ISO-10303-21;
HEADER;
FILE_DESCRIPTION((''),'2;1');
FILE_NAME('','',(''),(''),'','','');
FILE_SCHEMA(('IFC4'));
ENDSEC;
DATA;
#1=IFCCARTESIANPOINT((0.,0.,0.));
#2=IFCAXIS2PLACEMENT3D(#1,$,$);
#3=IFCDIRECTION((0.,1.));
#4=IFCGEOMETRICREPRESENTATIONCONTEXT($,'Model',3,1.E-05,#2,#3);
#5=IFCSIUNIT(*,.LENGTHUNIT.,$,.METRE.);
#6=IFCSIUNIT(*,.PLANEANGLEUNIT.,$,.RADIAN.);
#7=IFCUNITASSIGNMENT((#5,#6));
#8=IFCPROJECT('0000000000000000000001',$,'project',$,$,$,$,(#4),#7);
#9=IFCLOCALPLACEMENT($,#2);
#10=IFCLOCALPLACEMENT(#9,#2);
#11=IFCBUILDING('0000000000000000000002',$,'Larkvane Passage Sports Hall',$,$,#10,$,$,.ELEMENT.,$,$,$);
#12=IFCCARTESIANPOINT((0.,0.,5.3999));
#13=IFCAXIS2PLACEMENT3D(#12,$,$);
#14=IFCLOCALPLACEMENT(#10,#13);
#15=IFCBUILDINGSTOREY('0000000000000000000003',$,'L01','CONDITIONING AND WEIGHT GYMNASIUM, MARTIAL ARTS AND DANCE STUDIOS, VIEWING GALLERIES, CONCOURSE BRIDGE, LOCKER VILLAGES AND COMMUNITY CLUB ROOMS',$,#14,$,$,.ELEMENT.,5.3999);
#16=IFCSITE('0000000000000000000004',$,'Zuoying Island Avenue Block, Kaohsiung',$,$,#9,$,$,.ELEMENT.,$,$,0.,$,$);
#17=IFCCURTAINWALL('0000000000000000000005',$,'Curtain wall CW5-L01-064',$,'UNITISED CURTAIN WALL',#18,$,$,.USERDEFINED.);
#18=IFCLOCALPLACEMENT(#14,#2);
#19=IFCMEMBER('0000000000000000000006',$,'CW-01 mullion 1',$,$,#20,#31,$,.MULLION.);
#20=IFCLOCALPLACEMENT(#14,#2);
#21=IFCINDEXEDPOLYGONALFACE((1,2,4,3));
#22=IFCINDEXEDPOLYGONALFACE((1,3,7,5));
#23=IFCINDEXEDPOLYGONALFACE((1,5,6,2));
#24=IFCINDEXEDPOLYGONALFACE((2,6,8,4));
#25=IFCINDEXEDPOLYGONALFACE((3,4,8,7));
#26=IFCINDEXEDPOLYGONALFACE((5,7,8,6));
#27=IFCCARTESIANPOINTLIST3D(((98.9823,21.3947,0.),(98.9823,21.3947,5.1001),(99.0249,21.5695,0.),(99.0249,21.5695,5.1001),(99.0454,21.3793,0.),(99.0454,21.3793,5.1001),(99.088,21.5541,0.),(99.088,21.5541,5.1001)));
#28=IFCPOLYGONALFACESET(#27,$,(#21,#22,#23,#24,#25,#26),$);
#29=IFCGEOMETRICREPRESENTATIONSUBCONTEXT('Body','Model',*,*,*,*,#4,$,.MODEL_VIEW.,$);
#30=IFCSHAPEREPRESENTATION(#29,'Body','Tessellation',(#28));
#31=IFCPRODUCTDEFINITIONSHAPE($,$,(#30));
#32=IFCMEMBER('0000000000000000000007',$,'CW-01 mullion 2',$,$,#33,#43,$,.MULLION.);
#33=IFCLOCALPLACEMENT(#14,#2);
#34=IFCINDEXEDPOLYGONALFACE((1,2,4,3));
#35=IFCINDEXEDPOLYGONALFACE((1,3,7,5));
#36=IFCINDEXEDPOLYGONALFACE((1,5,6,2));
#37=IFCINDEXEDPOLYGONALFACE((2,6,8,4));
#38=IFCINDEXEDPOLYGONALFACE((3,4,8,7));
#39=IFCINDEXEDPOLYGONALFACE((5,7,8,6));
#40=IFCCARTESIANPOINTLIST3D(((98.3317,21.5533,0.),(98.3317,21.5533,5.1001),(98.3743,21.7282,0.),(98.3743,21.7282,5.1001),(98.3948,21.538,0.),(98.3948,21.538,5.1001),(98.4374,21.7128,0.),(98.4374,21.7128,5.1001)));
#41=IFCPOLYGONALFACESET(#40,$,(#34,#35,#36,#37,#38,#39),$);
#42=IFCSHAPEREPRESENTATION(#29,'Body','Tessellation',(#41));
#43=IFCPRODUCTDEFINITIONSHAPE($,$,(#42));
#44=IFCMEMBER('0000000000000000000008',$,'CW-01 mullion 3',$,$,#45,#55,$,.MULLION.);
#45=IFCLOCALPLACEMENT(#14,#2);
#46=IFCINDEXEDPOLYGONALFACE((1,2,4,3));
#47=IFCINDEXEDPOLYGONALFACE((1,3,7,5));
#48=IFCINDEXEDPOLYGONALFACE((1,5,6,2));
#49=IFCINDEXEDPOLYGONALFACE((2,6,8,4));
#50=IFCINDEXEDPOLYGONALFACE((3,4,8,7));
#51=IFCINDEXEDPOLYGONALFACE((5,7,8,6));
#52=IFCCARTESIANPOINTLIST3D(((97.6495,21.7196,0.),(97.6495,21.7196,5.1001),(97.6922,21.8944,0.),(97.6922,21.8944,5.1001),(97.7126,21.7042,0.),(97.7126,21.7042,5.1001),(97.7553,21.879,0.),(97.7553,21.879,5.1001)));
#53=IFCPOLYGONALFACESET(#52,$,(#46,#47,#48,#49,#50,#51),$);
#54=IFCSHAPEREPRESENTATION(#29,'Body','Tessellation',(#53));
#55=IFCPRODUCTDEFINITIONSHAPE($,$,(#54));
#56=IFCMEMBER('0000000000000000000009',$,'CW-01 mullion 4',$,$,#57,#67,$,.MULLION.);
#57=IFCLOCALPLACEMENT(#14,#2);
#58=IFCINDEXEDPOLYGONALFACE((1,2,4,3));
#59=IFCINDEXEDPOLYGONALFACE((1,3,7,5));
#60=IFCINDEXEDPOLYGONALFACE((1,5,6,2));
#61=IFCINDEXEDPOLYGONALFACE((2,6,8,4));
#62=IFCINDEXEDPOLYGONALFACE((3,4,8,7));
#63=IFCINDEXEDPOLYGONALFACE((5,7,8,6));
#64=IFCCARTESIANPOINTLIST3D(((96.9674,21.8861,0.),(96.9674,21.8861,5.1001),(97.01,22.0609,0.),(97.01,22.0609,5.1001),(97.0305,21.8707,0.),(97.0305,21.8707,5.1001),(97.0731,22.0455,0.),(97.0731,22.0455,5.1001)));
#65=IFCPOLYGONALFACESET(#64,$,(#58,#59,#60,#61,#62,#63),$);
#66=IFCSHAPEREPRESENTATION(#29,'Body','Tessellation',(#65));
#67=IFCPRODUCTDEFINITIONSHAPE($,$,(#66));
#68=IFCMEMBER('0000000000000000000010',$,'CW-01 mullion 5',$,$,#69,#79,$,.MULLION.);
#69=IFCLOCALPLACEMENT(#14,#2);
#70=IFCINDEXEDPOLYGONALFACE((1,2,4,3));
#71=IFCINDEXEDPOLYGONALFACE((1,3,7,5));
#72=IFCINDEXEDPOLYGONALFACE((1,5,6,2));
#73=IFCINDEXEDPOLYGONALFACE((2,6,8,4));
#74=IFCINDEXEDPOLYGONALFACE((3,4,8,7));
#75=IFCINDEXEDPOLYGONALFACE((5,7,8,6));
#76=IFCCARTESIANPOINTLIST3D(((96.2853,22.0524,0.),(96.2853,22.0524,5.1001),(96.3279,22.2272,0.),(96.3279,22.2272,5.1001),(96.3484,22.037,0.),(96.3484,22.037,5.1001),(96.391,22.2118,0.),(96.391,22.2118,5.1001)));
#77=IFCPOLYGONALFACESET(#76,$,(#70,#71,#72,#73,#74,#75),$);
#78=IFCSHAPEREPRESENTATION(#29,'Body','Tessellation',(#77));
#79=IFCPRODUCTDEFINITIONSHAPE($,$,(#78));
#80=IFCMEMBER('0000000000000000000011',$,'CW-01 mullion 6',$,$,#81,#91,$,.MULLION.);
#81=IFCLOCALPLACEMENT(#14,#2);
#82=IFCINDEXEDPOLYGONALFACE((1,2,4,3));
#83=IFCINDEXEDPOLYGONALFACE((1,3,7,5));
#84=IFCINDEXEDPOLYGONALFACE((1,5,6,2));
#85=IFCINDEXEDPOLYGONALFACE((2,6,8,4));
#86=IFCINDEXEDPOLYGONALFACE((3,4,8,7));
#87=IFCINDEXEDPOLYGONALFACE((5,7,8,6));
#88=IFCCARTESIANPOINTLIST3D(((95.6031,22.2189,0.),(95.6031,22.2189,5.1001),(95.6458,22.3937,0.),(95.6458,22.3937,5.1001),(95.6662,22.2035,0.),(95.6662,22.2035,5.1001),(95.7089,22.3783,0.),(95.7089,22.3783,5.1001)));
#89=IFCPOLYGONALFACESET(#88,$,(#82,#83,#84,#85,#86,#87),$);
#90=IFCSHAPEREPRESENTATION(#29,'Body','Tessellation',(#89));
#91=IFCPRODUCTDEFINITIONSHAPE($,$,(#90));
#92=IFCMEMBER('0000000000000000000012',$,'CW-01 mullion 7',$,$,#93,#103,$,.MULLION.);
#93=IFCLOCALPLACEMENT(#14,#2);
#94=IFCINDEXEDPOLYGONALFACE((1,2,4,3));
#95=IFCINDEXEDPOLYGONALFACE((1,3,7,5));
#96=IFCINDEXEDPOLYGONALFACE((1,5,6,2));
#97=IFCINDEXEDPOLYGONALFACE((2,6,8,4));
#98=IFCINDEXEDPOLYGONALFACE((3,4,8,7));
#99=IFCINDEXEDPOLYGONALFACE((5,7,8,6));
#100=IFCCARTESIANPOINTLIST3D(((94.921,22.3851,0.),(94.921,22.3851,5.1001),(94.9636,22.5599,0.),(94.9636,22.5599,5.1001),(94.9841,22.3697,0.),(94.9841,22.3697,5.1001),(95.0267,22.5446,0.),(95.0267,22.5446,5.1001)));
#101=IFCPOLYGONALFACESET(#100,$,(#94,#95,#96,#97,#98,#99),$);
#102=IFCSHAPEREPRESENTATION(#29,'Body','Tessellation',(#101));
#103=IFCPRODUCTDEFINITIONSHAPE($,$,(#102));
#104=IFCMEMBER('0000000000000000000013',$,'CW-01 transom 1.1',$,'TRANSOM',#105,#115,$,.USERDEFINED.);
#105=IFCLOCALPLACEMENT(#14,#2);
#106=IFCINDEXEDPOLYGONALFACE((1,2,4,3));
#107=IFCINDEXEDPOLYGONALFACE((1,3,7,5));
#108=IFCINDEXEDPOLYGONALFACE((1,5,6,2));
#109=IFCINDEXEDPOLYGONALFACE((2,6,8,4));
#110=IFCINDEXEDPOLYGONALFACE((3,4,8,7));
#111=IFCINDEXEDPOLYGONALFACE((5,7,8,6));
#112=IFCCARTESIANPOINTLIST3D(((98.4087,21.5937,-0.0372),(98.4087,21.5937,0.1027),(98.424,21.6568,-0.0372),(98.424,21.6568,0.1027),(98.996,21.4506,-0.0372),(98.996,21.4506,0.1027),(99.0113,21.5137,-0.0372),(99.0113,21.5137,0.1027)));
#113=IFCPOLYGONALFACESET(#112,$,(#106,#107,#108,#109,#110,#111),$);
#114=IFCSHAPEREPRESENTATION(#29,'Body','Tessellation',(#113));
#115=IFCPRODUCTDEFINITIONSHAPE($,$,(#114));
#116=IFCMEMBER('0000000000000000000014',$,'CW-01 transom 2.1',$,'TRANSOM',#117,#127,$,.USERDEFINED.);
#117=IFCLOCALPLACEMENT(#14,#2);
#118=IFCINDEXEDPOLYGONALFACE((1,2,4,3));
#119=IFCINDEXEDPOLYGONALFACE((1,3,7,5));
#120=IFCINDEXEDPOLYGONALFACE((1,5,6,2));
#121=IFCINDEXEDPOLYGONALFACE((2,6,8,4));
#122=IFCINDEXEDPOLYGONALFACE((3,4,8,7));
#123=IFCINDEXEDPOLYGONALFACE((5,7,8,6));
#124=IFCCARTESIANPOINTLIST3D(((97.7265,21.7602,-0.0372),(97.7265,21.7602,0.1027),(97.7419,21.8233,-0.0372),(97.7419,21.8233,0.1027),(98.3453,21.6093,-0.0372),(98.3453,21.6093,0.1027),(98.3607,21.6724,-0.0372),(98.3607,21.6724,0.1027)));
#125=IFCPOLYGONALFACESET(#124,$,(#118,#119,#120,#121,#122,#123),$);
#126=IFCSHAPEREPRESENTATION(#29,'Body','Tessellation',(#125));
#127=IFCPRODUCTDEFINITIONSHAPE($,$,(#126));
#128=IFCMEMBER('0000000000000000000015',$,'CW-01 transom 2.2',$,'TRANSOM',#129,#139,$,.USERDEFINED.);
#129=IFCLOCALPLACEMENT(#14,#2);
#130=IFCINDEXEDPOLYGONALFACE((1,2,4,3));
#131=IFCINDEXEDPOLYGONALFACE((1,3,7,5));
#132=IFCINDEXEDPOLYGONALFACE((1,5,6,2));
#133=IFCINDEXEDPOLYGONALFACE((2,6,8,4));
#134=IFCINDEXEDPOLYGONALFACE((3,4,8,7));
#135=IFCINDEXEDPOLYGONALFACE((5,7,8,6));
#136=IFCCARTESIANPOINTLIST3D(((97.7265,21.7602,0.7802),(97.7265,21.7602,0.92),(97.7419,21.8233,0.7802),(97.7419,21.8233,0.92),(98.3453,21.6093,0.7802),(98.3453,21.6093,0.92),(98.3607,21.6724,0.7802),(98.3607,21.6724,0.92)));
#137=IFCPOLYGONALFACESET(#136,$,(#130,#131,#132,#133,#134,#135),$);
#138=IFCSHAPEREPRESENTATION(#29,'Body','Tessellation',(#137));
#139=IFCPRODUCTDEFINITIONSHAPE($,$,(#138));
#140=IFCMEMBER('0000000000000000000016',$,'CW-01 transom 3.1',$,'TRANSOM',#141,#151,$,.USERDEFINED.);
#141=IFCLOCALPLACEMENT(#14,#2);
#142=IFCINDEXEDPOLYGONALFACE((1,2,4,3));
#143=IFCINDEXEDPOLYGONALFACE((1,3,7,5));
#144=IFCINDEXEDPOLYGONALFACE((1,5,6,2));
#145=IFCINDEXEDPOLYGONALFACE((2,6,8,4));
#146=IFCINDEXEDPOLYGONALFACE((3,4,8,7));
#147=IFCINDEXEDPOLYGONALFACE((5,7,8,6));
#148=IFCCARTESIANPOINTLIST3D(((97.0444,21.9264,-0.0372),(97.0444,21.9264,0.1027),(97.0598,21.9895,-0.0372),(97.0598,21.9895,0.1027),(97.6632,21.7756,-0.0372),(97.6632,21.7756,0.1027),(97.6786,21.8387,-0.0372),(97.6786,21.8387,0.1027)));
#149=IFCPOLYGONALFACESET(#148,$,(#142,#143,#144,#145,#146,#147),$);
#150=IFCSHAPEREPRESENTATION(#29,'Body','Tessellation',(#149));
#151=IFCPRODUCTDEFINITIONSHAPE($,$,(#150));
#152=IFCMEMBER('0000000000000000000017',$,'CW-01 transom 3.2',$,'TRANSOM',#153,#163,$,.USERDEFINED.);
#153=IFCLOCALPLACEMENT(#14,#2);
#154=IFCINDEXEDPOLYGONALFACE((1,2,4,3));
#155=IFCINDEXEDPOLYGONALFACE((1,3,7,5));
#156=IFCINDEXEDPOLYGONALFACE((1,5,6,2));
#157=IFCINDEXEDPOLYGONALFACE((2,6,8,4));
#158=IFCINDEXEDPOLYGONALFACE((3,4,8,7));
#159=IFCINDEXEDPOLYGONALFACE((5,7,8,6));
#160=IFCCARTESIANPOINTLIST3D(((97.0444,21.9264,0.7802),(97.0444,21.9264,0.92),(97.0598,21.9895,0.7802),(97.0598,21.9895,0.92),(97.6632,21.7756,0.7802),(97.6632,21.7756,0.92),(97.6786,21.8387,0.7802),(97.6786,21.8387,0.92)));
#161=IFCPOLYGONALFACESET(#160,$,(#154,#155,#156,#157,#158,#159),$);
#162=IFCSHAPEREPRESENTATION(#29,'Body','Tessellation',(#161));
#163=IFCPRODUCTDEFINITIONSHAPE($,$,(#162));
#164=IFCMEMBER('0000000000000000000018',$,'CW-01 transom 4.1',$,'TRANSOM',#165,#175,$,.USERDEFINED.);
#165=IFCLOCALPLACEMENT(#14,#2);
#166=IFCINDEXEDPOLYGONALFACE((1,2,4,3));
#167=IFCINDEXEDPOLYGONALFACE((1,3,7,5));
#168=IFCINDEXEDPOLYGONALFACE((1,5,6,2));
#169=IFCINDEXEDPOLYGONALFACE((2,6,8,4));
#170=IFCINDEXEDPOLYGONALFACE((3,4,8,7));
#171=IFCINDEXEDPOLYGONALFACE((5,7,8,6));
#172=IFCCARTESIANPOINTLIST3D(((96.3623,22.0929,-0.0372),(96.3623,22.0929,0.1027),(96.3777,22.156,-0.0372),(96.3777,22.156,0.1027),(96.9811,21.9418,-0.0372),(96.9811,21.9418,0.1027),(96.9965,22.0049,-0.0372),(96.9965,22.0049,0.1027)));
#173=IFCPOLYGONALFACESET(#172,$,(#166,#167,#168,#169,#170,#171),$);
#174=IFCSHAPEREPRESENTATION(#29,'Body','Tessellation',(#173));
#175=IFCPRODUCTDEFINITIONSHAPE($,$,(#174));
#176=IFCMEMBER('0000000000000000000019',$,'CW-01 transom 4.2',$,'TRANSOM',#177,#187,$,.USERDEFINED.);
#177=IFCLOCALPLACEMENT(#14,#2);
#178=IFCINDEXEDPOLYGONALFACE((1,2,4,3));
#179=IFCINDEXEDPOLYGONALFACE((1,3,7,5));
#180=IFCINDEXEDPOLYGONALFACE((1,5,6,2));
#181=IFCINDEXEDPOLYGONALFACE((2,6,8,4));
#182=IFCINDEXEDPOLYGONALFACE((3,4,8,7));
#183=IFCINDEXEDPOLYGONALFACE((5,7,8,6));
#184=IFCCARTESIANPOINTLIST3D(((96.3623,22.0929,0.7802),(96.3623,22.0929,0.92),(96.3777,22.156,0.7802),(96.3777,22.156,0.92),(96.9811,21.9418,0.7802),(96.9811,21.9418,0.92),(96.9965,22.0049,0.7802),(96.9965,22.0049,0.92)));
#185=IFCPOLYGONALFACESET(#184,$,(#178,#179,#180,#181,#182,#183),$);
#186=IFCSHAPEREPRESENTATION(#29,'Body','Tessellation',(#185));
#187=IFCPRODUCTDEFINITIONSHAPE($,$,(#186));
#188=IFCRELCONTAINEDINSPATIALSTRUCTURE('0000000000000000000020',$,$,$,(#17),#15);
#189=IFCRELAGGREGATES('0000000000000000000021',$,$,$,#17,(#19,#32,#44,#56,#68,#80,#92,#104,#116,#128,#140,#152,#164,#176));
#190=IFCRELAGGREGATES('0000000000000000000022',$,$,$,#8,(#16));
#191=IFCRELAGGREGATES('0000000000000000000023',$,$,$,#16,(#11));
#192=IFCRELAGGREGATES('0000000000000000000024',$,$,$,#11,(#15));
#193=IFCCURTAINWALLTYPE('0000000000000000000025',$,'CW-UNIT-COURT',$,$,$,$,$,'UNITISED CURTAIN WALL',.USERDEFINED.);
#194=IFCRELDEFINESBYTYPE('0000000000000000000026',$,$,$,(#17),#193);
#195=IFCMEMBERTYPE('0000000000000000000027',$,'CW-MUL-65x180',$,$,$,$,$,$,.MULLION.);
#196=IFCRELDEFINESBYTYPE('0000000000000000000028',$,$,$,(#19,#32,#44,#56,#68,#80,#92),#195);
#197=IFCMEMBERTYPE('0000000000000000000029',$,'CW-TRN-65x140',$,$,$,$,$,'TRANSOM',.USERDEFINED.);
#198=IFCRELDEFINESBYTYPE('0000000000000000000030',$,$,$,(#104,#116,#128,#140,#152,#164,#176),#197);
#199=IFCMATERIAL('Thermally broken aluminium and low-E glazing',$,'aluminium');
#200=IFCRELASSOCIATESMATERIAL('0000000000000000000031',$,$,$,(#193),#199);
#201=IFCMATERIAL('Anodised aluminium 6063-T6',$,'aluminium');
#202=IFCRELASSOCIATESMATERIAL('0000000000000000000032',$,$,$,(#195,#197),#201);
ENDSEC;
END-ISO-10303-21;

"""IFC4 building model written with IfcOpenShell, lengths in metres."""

from ifc_helpers import new_model, si_unit, direction, frame, origin, origin_2d, place, context, subcontext, project, spatial, rectangle, extrude, material, material_profile, profile_set, type_object, element, aggregate, save


model = new_model("IFC4")

# Units and contexts
model_context = context("Model", 3, precision=1e-05, world=origin(), true_north=direction((0.0, 1.0)))
body_context = subcontext(model_context, "Body", "Model", "MODEL_VIEW")
ifc_project = project(units=[si_unit("LENGTHUNIT", "METRE"), si_unit("PLANEANGLEUNIT", "RADIAN")], contexts=[model_context])

# Site, building, storey
site_placement = place(None, origin())
site = spatial("IfcSite", under=ifc_project, at=site_placement, Name="Zuoying Island Avenue Block, Kaohsiung", CompositionType="ELEMENT", RefElevation=0.0)
building_placement = place(site_placement, origin())
building = spatial("IfcBuilding", under=site, at=building_placement, Name="Larkvane Passage Sports Hall", CompositionType="ELEMENT")
storey_placement = place(building_placement, frame((0.0, 0.0, 5.3999)))
storey = spatial("IfcBuildingStorey", under=building, at=storey_placement, Name="L01", Description="CONDITIONING AND WEIGHT GYMNASIUM, MARTIAL ARTS AND DANCE STUDIOS, VIEWING GALLERIES, CONCOURSE BRIDGE, LOCKER VILLAGES AND COMMUNITY CLUB ROOMS", CompositionType="ELEMENT", Elevation=5.3999)

# Curtain wall, members
ifc_material_1 = material(Name="Thermally broken aluminium and low-E glazing", Category="aluminium")
curtain_wall_type = type_object("IfcCurtainWallType", Name="CW-UNIT-COURT", ElementType="UNITISED CURTAIN WALL", PredefinedType="USERDEFINED", material=ifc_material_1)
curtain_wall_placement = place(storey_placement, origin())
curtain_wall = element("IfcCurtainWall", 1, at=curtain_wall_placement, inside=storey, type_object=curtain_wall_type, Name="Curtain wall CW5-L01-064", ObjectType="UNITISED CURTAIN WALL", PredefinedType="USERDEFINED")
ifc_material_2 = material(Name="Anodised aluminium 6063-T6", Category="aluminium")
ifc_material_profile_1 = material_profile(ifc_material_2, rectangle(XDim=0.0649, YDim=0.1799, at=origin_2d()), Name="ALU-MUL-65x180")
ifc_profile_set_1 = profile_set([ifc_material_profile_1], Name="Anodised aluminium 6063-T6")
member_type_1 = type_object("IfcMemberType", Name="CW-MUL-65x180", PredefinedType="MULLION", material=ifc_profile_set_1)
member_1_placement = place(storey_placement, frame((99.0352, 21.4744, 0.0), z_axis=(0.0, 0.0, 1.0), x_axis=(-0.971523, 0.236943, 0.0)))
member_1 = element("IfcMember", 2, at=member_1_placement, type_object=member_type_1, Name="CW-01 mullion 1", PredefinedType="MULLION", context=body_context, shape_type="SweptSolid", body=[
    extrude(rectangle(XDim=0.0649, YDim=0.1799, at=origin_2d()), origin(), (0.0, 0.0, 1.0), 5.1001),
])
member_2_placement = place(storey_placement, frame((98.3845, 21.6331, 0.0), z_axis=(0.0, 0.0, 1.0), x_axis=(-0.971523, 0.236943, 0.0)))
member_2 = element("IfcMember", 3, at=member_2_placement, type_object=member_type_1, Name="CW-01 mullion 2", PredefinedType="MULLION", context=body_context, shape_type="SweptSolid", body=[
    extrude(rectangle(XDim=0.0649, YDim=0.1799, at=origin_2d()), origin(), (0.0, 0.0, 1.0), 5.1001),
])
member_3_placement = place(storey_placement, frame((97.7024, 21.7993, 0.0), z_axis=(0.0, 0.0, 1.0), x_axis=(-0.971523, 0.236943, 0.0)))
member_3 = element("IfcMember", 4, at=member_3_placement, type_object=member_type_1, Name="CW-01 mullion 3", PredefinedType="MULLION", context=body_context, shape_type="SweptSolid", body=[
    extrude(rectangle(XDim=0.0649, YDim=0.1799, at=origin_2d()), origin(), (0.0, 0.0, 1.0), 5.1001),
])
member_4_placement = place(storey_placement, frame((97.0203, 21.9658, 0.0), z_axis=(0.0, 0.0, 1.0), x_axis=(-0.971523, 0.236943, 0.0)))
member_4 = element("IfcMember", 5, at=member_4_placement, type_object=member_type_1, Name="CW-01 mullion 4", PredefinedType="MULLION", context=body_context, shape_type="SweptSolid", body=[
    extrude(rectangle(XDim=0.0649, YDim=0.1799, at=origin_2d()), origin(), (0.0, 0.0, 1.0), 5.1001),
])
member_5_placement = place(storey_placement, frame((96.3381, 22.1321, 0.0), z_axis=(0.0, 0.0, 1.0), x_axis=(-0.971523, 0.236943, 0.0)))
member_5 = element("IfcMember", 6, at=member_5_placement, type_object=member_type_1, Name="CW-01 mullion 5", PredefinedType="MULLION", context=body_context, shape_type="SweptSolid", body=[
    extrude(rectangle(XDim=0.0649, YDim=0.1799, at=origin_2d()), origin(), (0.0, 0.0, 1.0), 5.1001),
])
member_6_placement = place(storey_placement, frame((95.656, 22.2986, 0.0), z_axis=(0.0, 0.0, 1.0), x_axis=(-0.971523, 0.236943, 0.0)))
member_6 = element("IfcMember", 7, at=member_6_placement, type_object=member_type_1, Name="CW-01 mullion 6", PredefinedType="MULLION", context=body_context, shape_type="SweptSolid", body=[
    extrude(rectangle(XDim=0.0649, YDim=0.1799, at=origin_2d()), origin(), (0.0, 0.0, 1.0), 5.1001),
])
member_7_placement = place(storey_placement, frame((94.9739, 22.4648, 0.0), z_axis=(0.0, 0.0, 1.0), x_axis=(-0.971523, 0.236943, 0.0)))
member_7 = element("IfcMember", 8, at=member_7_placement, type_object=member_type_1, Name="CW-01 mullion 7", PredefinedType="MULLION", context=body_context, shape_type="SweptSolid", body=[
    extrude(rectangle(XDim=0.0649, YDim=0.1799, at=origin_2d()), origin(), (0.0, 0.0, 1.0), 5.1001),
])
ifc_material_profile_2 = material_profile(ifc_material_2, rectangle(XDim=0.0649, YDim=0.1399, at=origin_2d()), Name="ALU-TRN-65x140")
ifc_profile_set_2 = profile_set([ifc_material_profile_2], Name="Anodised aluminium 6063-T6")
member_type_2 = type_object("IfcMemberType", Name="CW-TRN-65x140", ElementType="TRANSOM", PredefinedType="USERDEFINED", material=ifc_profile_set_2)
member_8_placement = place(storey_placement, frame((99.0037, 21.4822, 0.0327), z_axis=(-0.971597, 0.23664, 0.0), x_axis=(-0.23664, -0.971597, 0.0)))
member_8 = element("IfcMember", 9, at=member_8_placement, type_object=member_type_2, Name="CW-01 transom 1.1", ObjectType="TRANSOM", PredefinedType="USERDEFINED", context=body_context, shape_type="SweptSolid", body=[
    extrude(rectangle(XDim=0.0649, YDim=0.1399, at=origin_2d()), origin(), (0.0, 0.0, 1.0), 0.6045),
])
member_9_placement = place(storey_placement, frame((98.353, 21.6409, 0.0327), z_axis=(-0.971546, 0.23685, 0.0), x_axis=(-0.23685, -0.971546, 0.0)))
member_9 = element("IfcMember", 10, at=member_9_placement, type_object=member_type_2, Name="CW-01 transom 2.1", ObjectType="TRANSOM", PredefinedType="USERDEFINED", context=body_context, shape_type="SweptSolid", body=[
    extrude(rectangle(XDim=0.0649, YDim=0.1399, at=origin_2d()), origin(), (0.0, 0.0, 1.0), 0.637),
])
member_10_placement = place(storey_placement, frame((98.353, 21.6409, 0.8501), z_axis=(-0.971546, 0.23685, 0.0), x_axis=(-0.23685, -0.971546, 0.0)))
member_10 = element("IfcMember", 11, at=member_10_placement, type_object=member_type_2, Name="CW-01 transom 2.2", ObjectType="TRANSOM", PredefinedType="USERDEFINED", context=body_context, shape_type="SweptSolid", body=[
    extrude(rectangle(XDim=0.0649, YDim=0.1399, at=origin_2d()), origin(), (0.0, 0.0, 1.0), 0.637),
])
member_11_placement = place(storey_placement, frame((97.6709, 21.8071, 0.0327), z_axis=(-0.971546, 0.23685, 0.0), x_axis=(-0.23685, -0.971546, 0.0)))
member_11 = element("IfcMember", 12, at=member_11_placement, type_object=member_type_2, Name="CW-01 transom 3.1", ObjectType="TRANSOM", PredefinedType="USERDEFINED", context=body_context, shape_type="SweptSolid", body=[
    extrude(rectangle(XDim=0.0649, YDim=0.1399, at=origin_2d()), origin(), (0.0, 0.0, 1.0), 0.637),
])
member_12_placement = place(storey_placement, frame((97.6709, 21.8071, 0.8501), z_axis=(-0.971546, 0.23685, 0.0), x_axis=(-0.23685, -0.971546, 0.0)))
member_12 = element("IfcMember", 13, at=member_12_placement, type_object=member_type_2, Name="CW-01 transom 3.2", ObjectType="TRANSOM", PredefinedType="USERDEFINED", context=body_context, shape_type="SweptSolid", body=[
    extrude(rectangle(XDim=0.0649, YDim=0.1399, at=origin_2d()), origin(), (0.0, 0.0, 1.0), 0.637),
])
member_13_placement = place(storey_placement, frame((96.9888, 21.9734, 0.0327), z_axis=(-0.971458, 0.237212, 0.0), x_axis=(-0.237212, -0.971458, 0.0)))
member_13 = element("IfcMember", 14, at=member_13_placement, type_object=member_type_2, Name="CW-01 transom 4.1", ObjectType="TRANSOM", PredefinedType="USERDEFINED", context=body_context, shape_type="SweptSolid", body=[
    extrude(rectangle(XDim=0.0649, YDim=0.1399, at=origin_2d()), origin(), (0.0, 0.0, 1.0), 0.637),
])
member_14_placement = place(storey_placement, frame((96.9888, 21.9734, 0.8501), z_axis=(-0.971458, 0.237212, 0.0), x_axis=(-0.237212, -0.971458, 0.0)))
member_14 = element("IfcMember", 15, at=member_14_placement, type_object=member_type_2, Name="CW-01 transom 4.2", ObjectType="TRANSOM", PredefinedType="USERDEFINED", context=body_context, shape_type="SweptSolid", body=[
    extrude(rectangle(XDim=0.0649, YDim=0.1399, at=origin_2d()), origin(), (0.0, 0.0, 1.0), 0.637),
])
aggregate(curtain_wall, [member_1, member_2, member_3, member_4, member_5, member_6, member_7, member_8, member_9, member_10, member_11, member_12, member_13, member_14])

save(model, "model.ifc")
